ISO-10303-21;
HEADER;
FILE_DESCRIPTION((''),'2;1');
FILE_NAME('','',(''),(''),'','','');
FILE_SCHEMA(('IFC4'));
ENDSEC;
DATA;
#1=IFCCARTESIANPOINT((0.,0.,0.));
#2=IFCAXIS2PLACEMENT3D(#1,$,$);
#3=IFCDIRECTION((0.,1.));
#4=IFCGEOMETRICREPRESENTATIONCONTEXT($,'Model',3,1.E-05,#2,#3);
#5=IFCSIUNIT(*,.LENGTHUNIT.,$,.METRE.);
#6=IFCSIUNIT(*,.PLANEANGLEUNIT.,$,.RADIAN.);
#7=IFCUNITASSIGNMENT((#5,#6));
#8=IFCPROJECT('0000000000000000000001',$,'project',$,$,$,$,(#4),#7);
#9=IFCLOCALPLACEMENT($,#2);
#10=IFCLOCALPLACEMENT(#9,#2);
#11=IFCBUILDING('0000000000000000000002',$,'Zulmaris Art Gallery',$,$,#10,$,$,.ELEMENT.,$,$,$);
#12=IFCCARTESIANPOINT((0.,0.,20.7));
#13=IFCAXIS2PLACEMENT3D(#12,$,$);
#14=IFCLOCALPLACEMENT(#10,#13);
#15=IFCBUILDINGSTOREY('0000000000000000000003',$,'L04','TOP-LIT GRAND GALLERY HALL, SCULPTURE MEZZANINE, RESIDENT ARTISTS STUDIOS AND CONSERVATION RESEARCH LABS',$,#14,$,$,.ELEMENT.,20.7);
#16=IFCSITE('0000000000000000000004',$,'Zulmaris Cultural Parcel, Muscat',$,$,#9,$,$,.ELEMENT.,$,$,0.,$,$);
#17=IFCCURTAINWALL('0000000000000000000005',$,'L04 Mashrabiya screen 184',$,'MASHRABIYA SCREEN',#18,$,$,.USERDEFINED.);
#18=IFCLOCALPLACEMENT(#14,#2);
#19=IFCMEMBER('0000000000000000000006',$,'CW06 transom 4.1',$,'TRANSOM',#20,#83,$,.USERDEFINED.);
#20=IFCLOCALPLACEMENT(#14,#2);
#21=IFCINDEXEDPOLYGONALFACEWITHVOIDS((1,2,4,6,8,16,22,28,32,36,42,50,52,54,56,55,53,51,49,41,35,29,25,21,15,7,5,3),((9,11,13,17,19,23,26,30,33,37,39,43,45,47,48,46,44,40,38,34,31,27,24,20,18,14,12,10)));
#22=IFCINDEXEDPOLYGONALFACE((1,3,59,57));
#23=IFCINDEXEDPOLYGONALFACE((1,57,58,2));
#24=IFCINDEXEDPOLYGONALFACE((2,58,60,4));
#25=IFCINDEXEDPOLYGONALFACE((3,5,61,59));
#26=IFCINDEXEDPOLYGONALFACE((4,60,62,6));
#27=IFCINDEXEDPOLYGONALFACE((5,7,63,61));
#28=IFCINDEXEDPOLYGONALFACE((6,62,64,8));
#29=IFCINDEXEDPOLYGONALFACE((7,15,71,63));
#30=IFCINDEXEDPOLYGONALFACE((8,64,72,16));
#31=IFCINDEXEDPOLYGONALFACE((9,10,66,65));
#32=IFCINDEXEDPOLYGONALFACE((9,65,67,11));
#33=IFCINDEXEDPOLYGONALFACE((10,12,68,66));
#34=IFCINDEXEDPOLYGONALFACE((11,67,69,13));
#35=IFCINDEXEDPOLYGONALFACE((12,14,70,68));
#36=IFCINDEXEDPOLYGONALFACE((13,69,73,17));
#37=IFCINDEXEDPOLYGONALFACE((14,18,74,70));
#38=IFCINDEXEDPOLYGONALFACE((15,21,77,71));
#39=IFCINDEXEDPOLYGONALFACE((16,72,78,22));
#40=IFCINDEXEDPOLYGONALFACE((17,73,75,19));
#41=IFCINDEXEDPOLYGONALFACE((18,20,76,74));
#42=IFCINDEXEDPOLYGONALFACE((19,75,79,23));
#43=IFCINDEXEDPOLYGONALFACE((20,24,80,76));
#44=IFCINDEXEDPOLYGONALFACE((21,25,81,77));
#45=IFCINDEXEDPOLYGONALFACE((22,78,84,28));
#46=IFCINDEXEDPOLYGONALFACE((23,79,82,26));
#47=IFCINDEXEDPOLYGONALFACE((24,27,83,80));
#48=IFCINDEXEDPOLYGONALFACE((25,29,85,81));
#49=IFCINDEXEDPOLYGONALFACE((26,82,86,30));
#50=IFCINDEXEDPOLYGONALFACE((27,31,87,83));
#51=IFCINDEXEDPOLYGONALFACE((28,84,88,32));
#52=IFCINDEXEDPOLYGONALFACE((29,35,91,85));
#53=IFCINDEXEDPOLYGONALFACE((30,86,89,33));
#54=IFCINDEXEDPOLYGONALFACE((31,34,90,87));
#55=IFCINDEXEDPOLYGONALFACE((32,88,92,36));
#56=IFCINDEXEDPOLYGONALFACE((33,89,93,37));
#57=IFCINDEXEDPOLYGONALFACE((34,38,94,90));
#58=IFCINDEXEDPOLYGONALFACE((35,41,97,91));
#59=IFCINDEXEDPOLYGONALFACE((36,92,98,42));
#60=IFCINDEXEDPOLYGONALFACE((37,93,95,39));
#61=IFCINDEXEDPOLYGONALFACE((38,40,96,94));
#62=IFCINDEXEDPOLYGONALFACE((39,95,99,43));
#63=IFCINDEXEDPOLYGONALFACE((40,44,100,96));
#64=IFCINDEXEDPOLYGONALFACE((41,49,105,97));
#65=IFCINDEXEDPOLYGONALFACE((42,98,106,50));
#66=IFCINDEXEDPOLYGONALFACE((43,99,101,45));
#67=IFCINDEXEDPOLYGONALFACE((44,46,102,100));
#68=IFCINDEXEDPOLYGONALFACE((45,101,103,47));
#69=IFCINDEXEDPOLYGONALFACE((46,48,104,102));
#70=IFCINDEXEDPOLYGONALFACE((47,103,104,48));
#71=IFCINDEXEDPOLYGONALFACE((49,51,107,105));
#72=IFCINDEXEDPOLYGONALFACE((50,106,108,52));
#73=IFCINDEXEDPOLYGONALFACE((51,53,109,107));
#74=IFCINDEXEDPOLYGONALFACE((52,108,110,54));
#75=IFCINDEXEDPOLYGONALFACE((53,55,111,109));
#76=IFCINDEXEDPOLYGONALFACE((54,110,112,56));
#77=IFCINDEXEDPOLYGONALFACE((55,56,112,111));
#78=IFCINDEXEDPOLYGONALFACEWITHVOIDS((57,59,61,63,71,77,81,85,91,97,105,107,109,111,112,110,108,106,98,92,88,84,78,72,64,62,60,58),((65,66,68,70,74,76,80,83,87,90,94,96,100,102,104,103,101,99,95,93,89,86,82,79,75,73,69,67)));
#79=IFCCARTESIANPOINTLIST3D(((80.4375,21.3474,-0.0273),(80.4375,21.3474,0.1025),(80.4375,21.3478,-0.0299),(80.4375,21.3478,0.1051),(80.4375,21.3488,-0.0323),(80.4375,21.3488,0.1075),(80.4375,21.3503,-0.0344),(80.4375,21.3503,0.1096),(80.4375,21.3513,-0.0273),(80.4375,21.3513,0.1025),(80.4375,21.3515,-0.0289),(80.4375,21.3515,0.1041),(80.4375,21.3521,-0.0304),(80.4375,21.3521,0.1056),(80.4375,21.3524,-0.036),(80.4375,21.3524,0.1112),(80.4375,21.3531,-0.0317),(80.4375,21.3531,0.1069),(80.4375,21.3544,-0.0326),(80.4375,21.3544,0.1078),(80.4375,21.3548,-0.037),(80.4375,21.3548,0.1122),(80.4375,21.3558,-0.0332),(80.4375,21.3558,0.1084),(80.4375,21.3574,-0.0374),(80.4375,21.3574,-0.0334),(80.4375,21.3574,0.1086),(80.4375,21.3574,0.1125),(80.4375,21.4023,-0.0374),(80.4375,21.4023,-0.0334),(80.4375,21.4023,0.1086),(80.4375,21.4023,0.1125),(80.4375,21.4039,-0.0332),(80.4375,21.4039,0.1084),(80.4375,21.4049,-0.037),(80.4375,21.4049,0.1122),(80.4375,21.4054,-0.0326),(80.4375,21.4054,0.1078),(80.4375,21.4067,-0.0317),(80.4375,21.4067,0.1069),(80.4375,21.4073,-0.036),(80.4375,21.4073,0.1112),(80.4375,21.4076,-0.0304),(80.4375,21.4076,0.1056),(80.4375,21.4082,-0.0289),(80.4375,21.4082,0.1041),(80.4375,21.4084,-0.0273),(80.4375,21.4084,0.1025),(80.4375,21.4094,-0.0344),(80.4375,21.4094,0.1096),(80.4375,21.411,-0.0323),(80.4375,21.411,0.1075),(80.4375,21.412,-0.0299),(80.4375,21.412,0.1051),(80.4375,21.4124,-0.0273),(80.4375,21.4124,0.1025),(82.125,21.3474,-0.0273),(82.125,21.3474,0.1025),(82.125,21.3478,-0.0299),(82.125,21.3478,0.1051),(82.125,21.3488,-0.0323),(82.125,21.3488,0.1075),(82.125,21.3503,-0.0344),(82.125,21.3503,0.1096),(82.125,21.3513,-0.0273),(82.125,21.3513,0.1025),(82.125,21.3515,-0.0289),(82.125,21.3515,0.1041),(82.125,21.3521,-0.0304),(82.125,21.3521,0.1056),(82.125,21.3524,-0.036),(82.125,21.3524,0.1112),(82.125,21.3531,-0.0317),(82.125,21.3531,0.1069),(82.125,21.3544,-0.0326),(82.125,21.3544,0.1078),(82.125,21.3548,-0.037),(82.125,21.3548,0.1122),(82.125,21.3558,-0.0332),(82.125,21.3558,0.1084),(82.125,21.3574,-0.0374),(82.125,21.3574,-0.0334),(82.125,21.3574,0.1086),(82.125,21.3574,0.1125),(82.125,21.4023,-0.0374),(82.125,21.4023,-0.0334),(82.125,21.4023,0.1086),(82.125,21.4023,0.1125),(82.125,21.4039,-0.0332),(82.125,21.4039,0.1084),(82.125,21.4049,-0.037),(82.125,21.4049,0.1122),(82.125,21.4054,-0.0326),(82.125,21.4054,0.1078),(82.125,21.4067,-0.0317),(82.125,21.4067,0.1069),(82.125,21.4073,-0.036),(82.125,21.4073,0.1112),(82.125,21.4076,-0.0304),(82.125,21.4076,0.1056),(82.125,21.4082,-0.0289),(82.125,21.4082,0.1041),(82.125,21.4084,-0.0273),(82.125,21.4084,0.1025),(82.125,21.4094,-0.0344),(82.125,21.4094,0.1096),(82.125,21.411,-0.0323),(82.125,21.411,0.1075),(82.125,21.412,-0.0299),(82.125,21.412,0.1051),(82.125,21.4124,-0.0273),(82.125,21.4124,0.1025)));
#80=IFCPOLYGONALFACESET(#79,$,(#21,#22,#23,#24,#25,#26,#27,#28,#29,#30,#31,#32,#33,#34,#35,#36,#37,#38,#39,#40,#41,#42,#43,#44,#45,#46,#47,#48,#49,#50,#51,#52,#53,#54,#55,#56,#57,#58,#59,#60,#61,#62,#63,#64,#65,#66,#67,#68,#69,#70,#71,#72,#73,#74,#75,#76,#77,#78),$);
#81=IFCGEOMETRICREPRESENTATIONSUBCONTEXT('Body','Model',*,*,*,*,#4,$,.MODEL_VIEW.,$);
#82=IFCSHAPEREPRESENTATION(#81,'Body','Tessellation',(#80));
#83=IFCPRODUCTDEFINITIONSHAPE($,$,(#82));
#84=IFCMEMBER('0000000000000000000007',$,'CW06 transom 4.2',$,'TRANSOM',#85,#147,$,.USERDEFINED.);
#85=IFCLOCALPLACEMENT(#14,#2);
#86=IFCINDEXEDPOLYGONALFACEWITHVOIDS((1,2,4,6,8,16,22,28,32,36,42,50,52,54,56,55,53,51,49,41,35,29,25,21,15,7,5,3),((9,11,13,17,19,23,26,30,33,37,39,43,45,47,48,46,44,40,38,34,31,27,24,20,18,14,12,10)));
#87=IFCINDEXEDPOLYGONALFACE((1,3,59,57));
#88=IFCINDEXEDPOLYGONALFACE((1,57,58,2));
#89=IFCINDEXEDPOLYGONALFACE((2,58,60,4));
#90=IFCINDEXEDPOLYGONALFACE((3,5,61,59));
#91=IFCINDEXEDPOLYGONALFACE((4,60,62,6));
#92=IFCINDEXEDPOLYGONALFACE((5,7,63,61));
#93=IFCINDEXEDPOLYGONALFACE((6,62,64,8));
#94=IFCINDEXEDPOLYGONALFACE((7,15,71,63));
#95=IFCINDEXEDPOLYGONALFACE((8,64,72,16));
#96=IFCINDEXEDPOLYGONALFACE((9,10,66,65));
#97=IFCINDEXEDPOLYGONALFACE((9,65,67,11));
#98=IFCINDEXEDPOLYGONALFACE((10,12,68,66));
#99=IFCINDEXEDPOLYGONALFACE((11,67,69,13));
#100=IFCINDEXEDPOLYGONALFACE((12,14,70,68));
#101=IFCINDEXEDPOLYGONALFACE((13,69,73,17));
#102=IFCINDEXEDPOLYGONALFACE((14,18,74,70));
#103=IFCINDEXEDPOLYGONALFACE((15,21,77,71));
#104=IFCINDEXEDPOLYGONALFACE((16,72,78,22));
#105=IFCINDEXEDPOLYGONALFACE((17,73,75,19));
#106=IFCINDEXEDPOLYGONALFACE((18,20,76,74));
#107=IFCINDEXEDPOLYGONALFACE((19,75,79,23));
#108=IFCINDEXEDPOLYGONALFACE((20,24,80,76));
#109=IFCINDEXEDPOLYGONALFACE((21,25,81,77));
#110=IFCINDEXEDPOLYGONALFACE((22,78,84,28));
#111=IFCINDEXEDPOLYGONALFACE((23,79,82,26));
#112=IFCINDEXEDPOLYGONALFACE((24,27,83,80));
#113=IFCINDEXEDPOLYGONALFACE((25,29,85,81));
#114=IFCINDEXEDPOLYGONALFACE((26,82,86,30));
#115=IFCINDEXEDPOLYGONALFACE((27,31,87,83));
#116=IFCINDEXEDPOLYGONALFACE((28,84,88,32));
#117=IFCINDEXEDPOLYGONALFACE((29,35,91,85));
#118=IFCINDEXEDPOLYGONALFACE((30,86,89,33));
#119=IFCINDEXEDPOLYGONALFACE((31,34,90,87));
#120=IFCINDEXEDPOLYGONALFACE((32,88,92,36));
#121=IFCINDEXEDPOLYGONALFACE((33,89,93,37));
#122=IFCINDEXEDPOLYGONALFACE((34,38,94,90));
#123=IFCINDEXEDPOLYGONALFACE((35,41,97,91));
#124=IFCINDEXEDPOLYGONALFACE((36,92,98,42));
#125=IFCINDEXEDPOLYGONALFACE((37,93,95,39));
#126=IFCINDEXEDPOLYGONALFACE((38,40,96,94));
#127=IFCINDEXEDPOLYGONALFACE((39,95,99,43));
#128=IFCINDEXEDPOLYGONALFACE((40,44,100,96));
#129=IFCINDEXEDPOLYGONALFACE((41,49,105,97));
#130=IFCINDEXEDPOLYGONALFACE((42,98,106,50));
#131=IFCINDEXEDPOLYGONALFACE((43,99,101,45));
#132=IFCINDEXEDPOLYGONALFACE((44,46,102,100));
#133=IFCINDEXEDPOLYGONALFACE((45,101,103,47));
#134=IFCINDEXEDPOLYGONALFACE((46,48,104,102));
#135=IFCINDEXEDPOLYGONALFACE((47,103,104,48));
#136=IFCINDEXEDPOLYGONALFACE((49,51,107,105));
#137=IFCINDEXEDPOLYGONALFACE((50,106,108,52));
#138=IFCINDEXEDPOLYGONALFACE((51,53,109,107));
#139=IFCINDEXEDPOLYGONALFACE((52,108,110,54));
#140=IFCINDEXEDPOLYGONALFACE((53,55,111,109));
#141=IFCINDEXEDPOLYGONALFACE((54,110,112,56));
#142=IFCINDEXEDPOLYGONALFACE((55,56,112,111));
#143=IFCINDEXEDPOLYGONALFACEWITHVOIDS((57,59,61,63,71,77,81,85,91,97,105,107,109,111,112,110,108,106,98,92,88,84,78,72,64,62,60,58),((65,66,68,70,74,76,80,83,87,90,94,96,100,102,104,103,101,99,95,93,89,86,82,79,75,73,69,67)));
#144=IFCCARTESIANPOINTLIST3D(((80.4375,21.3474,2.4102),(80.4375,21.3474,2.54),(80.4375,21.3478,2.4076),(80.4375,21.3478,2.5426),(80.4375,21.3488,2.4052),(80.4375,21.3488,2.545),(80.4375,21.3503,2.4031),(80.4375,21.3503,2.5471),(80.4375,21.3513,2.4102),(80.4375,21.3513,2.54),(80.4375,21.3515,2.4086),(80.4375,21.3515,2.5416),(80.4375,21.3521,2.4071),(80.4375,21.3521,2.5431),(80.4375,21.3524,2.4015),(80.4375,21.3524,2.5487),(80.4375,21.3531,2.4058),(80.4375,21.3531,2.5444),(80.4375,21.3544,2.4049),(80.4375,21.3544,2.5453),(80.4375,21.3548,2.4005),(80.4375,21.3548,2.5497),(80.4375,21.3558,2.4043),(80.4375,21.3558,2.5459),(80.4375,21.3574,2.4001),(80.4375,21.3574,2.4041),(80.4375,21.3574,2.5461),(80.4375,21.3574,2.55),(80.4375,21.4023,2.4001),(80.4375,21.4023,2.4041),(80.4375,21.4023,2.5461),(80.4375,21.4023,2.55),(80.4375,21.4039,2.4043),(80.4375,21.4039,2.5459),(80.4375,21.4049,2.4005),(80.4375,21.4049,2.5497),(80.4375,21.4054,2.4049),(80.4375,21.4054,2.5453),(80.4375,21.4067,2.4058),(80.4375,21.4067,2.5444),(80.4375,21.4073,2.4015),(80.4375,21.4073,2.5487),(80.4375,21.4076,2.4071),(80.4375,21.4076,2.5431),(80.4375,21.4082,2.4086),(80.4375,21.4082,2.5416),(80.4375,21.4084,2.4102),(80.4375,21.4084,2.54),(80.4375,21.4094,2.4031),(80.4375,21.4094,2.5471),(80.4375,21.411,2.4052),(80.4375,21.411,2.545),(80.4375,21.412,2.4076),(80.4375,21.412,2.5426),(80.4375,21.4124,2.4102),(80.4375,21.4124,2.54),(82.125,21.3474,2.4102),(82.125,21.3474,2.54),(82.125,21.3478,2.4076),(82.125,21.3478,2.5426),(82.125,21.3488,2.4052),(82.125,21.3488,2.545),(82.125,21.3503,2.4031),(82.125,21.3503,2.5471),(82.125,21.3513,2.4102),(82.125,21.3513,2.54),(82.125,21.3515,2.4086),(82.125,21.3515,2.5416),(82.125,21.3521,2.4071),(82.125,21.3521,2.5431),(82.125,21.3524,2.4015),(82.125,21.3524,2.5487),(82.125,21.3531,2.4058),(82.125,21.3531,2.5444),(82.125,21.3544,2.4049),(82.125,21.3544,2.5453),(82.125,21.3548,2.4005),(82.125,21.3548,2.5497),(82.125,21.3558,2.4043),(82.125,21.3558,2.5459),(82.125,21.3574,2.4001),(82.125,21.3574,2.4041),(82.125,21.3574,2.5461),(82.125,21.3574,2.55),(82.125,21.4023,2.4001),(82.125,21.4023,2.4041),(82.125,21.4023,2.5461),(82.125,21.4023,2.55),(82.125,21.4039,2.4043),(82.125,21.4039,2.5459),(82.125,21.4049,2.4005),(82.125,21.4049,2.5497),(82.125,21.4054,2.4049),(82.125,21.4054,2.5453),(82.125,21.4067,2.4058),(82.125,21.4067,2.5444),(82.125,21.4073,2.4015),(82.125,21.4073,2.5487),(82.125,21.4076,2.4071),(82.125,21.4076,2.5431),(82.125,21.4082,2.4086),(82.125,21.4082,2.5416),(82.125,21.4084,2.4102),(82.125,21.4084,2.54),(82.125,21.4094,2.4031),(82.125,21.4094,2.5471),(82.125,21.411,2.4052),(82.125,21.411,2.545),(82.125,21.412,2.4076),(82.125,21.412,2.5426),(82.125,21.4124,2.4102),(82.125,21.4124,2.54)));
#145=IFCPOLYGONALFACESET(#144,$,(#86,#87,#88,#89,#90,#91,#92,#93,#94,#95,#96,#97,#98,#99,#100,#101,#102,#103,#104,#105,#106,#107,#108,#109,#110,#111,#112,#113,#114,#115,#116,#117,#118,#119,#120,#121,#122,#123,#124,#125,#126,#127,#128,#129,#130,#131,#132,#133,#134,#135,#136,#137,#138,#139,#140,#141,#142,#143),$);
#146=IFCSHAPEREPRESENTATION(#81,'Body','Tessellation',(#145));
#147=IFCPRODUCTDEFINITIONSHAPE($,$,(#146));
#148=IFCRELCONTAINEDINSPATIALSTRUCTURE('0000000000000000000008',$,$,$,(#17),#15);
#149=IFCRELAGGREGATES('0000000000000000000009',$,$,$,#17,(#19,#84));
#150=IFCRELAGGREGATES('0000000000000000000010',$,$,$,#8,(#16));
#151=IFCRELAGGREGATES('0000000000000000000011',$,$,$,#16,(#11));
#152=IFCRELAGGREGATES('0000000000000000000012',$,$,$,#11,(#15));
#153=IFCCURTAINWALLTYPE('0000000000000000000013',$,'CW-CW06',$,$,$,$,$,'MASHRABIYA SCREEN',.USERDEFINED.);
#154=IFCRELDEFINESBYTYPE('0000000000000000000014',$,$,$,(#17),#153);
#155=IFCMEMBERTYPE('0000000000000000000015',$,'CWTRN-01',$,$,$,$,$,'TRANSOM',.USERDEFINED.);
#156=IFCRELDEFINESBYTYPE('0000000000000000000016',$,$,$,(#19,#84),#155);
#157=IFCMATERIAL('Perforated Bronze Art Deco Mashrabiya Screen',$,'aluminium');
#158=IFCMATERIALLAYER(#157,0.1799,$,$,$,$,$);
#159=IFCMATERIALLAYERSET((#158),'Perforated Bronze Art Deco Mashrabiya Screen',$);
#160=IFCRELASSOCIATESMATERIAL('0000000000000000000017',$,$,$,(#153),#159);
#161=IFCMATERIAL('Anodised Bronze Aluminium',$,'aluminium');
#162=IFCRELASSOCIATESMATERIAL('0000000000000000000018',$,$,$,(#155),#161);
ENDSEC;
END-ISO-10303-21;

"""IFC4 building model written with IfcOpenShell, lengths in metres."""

from ifc_helpers import new_model, si_unit, direction, frame, origin, origin_2d, place, context, subcontext, project, spatial, hollow_rectangle, extrude, material, layer, layer_set, material_profile, profile_set, type_object, element, aggregate, save


model = new_model("IFC4")

# Units and contexts
model_context = context("Model", 3, precision=1e-05, world=origin(), true_north=direction((0.0, 1.0)))
body_context = subcontext(model_context, "Body", "Model", "MODEL_VIEW")
ifc_project = project(units=[si_unit("LENGTHUNIT", "METRE"), si_unit("PLANEANGLEUNIT", "RADIAN")], contexts=[model_context])

# Site, building, storey
site_placement = place(None, origin())
site = spatial("IfcSite", under=ifc_project, at=site_placement, Name="Zulmaris Cultural Parcel, Muscat", CompositionType="ELEMENT", RefElevation=0.0)
building_placement = place(site_placement, origin())
building = spatial("IfcBuilding", under=site, at=building_placement, Name="Zulmaris Art Gallery", CompositionType="ELEMENT")
storey_placement = place(building_placement, frame((0.0, 0.0, 20.7)))
storey = spatial("IfcBuildingStorey", under=building, at=storey_placement, Name="L04", Description="TOP-LIT GRAND GALLERY HALL, SCULPTURE MEZZANINE, RESIDENT ARTISTS STUDIOS AND CONSERVATION RESEARCH LABS", CompositionType="ELEMENT", Elevation=20.7)

# Shared definitions
ifc_material_1 = material(Name="Anodised Bronze Aluminium", Category="aluminium")

# Curtain wall
ifc_material_2 = material(Name="Perforated Bronze Art Deco Mashrabiya Screen", Category="aluminium")
ifc_layer_1 = layer(ifc_material_2, 0.1799)
ifc_layer_set_1 = layer_set([ifc_layer_1], Name="Perforated Bronze Art Deco Mashrabiya Screen")
curtain_wall_type_1 = type_object("IfcCurtainWallType", Name="CW-CW06", ElementType="MASHRABIYA SCREEN", PredefinedType="USERDEFINED", material=ifc_layer_set_1)
curtain_wall_1_placement = place(storey_placement, origin())
curtain_wall_1 = element("IfcCurtainWall", 1, at=curtain_wall_1_placement, inside=storey, type_object=curtain_wall_type_1, Name="L04 Mashrabiya screen 184", ObjectType="MASHRABIYA SCREEN", PredefinedType="USERDEFINED")

# Members
ifc_material_profile_1 = material_profile(ifc_material_1, hollow_rectangle(XDim=0.0649, YDim=0.1499, WallThickness=0.0039, InnerFilletRadius=0.0061, OuterFilletRadius=0.01, at=origin_2d()), Name="ALU 65x150x4")
ifc_profile_set_1 = profile_set([ifc_material_profile_1], Name="Anodised Bronze Aluminium")
member_type_1 = type_object("IfcMemberType", Name="CWTRN-01", ElementType="TRANSOM", PredefinedType="USERDEFINED", material=ifc_profile_set_1)
member_1_placement = place(storey_placement, frame((80.4375, 21.3799, 0.0376), z_axis=(1.0, 0.0, 0.0), x_axis=(0.0, 1.0, 0.0)))
member_1 = element("IfcMember", 2, at=member_1_placement, type_object=member_type_1, Name="CW06 transom 4.1", ObjectType="TRANSOM", PredefinedType="USERDEFINED", context=body_context, shape_type="SweptSolid", body=[
    extrude(hollow_rectangle(XDim=0.0649, YDim=0.1499, WallThickness=0.0039, InnerFilletRadius=0.0061, OuterFilletRadius=0.01, at=origin_2d()), origin(), (0.0, 0.0, 1.0), 1.6875),
])
member_2_placement = place(storey_placement, frame((80.4375, 21.3799, 2.4751), z_axis=(1.0, 0.0, 0.0), x_axis=(0.0, 1.0, 0.0)))
member_2 = element("IfcMember", 3, at=member_2_placement, type_object=member_type_1, Name="CW06 transom 4.2", ObjectType="TRANSOM", PredefinedType="USERDEFINED", context=body_context, shape_type="SweptSolid", body=[
    extrude(hollow_rectangle(XDim=0.0649, YDim=0.1499, WallThickness=0.0039, InnerFilletRadius=0.0061, OuterFilletRadius=0.01, at=origin_2d()), origin(), (0.0, 0.0, 1.0), 1.6875),
])

aggregate(curtain_wall_1, [member_1, member_2])

save(model, "model.ifc")
